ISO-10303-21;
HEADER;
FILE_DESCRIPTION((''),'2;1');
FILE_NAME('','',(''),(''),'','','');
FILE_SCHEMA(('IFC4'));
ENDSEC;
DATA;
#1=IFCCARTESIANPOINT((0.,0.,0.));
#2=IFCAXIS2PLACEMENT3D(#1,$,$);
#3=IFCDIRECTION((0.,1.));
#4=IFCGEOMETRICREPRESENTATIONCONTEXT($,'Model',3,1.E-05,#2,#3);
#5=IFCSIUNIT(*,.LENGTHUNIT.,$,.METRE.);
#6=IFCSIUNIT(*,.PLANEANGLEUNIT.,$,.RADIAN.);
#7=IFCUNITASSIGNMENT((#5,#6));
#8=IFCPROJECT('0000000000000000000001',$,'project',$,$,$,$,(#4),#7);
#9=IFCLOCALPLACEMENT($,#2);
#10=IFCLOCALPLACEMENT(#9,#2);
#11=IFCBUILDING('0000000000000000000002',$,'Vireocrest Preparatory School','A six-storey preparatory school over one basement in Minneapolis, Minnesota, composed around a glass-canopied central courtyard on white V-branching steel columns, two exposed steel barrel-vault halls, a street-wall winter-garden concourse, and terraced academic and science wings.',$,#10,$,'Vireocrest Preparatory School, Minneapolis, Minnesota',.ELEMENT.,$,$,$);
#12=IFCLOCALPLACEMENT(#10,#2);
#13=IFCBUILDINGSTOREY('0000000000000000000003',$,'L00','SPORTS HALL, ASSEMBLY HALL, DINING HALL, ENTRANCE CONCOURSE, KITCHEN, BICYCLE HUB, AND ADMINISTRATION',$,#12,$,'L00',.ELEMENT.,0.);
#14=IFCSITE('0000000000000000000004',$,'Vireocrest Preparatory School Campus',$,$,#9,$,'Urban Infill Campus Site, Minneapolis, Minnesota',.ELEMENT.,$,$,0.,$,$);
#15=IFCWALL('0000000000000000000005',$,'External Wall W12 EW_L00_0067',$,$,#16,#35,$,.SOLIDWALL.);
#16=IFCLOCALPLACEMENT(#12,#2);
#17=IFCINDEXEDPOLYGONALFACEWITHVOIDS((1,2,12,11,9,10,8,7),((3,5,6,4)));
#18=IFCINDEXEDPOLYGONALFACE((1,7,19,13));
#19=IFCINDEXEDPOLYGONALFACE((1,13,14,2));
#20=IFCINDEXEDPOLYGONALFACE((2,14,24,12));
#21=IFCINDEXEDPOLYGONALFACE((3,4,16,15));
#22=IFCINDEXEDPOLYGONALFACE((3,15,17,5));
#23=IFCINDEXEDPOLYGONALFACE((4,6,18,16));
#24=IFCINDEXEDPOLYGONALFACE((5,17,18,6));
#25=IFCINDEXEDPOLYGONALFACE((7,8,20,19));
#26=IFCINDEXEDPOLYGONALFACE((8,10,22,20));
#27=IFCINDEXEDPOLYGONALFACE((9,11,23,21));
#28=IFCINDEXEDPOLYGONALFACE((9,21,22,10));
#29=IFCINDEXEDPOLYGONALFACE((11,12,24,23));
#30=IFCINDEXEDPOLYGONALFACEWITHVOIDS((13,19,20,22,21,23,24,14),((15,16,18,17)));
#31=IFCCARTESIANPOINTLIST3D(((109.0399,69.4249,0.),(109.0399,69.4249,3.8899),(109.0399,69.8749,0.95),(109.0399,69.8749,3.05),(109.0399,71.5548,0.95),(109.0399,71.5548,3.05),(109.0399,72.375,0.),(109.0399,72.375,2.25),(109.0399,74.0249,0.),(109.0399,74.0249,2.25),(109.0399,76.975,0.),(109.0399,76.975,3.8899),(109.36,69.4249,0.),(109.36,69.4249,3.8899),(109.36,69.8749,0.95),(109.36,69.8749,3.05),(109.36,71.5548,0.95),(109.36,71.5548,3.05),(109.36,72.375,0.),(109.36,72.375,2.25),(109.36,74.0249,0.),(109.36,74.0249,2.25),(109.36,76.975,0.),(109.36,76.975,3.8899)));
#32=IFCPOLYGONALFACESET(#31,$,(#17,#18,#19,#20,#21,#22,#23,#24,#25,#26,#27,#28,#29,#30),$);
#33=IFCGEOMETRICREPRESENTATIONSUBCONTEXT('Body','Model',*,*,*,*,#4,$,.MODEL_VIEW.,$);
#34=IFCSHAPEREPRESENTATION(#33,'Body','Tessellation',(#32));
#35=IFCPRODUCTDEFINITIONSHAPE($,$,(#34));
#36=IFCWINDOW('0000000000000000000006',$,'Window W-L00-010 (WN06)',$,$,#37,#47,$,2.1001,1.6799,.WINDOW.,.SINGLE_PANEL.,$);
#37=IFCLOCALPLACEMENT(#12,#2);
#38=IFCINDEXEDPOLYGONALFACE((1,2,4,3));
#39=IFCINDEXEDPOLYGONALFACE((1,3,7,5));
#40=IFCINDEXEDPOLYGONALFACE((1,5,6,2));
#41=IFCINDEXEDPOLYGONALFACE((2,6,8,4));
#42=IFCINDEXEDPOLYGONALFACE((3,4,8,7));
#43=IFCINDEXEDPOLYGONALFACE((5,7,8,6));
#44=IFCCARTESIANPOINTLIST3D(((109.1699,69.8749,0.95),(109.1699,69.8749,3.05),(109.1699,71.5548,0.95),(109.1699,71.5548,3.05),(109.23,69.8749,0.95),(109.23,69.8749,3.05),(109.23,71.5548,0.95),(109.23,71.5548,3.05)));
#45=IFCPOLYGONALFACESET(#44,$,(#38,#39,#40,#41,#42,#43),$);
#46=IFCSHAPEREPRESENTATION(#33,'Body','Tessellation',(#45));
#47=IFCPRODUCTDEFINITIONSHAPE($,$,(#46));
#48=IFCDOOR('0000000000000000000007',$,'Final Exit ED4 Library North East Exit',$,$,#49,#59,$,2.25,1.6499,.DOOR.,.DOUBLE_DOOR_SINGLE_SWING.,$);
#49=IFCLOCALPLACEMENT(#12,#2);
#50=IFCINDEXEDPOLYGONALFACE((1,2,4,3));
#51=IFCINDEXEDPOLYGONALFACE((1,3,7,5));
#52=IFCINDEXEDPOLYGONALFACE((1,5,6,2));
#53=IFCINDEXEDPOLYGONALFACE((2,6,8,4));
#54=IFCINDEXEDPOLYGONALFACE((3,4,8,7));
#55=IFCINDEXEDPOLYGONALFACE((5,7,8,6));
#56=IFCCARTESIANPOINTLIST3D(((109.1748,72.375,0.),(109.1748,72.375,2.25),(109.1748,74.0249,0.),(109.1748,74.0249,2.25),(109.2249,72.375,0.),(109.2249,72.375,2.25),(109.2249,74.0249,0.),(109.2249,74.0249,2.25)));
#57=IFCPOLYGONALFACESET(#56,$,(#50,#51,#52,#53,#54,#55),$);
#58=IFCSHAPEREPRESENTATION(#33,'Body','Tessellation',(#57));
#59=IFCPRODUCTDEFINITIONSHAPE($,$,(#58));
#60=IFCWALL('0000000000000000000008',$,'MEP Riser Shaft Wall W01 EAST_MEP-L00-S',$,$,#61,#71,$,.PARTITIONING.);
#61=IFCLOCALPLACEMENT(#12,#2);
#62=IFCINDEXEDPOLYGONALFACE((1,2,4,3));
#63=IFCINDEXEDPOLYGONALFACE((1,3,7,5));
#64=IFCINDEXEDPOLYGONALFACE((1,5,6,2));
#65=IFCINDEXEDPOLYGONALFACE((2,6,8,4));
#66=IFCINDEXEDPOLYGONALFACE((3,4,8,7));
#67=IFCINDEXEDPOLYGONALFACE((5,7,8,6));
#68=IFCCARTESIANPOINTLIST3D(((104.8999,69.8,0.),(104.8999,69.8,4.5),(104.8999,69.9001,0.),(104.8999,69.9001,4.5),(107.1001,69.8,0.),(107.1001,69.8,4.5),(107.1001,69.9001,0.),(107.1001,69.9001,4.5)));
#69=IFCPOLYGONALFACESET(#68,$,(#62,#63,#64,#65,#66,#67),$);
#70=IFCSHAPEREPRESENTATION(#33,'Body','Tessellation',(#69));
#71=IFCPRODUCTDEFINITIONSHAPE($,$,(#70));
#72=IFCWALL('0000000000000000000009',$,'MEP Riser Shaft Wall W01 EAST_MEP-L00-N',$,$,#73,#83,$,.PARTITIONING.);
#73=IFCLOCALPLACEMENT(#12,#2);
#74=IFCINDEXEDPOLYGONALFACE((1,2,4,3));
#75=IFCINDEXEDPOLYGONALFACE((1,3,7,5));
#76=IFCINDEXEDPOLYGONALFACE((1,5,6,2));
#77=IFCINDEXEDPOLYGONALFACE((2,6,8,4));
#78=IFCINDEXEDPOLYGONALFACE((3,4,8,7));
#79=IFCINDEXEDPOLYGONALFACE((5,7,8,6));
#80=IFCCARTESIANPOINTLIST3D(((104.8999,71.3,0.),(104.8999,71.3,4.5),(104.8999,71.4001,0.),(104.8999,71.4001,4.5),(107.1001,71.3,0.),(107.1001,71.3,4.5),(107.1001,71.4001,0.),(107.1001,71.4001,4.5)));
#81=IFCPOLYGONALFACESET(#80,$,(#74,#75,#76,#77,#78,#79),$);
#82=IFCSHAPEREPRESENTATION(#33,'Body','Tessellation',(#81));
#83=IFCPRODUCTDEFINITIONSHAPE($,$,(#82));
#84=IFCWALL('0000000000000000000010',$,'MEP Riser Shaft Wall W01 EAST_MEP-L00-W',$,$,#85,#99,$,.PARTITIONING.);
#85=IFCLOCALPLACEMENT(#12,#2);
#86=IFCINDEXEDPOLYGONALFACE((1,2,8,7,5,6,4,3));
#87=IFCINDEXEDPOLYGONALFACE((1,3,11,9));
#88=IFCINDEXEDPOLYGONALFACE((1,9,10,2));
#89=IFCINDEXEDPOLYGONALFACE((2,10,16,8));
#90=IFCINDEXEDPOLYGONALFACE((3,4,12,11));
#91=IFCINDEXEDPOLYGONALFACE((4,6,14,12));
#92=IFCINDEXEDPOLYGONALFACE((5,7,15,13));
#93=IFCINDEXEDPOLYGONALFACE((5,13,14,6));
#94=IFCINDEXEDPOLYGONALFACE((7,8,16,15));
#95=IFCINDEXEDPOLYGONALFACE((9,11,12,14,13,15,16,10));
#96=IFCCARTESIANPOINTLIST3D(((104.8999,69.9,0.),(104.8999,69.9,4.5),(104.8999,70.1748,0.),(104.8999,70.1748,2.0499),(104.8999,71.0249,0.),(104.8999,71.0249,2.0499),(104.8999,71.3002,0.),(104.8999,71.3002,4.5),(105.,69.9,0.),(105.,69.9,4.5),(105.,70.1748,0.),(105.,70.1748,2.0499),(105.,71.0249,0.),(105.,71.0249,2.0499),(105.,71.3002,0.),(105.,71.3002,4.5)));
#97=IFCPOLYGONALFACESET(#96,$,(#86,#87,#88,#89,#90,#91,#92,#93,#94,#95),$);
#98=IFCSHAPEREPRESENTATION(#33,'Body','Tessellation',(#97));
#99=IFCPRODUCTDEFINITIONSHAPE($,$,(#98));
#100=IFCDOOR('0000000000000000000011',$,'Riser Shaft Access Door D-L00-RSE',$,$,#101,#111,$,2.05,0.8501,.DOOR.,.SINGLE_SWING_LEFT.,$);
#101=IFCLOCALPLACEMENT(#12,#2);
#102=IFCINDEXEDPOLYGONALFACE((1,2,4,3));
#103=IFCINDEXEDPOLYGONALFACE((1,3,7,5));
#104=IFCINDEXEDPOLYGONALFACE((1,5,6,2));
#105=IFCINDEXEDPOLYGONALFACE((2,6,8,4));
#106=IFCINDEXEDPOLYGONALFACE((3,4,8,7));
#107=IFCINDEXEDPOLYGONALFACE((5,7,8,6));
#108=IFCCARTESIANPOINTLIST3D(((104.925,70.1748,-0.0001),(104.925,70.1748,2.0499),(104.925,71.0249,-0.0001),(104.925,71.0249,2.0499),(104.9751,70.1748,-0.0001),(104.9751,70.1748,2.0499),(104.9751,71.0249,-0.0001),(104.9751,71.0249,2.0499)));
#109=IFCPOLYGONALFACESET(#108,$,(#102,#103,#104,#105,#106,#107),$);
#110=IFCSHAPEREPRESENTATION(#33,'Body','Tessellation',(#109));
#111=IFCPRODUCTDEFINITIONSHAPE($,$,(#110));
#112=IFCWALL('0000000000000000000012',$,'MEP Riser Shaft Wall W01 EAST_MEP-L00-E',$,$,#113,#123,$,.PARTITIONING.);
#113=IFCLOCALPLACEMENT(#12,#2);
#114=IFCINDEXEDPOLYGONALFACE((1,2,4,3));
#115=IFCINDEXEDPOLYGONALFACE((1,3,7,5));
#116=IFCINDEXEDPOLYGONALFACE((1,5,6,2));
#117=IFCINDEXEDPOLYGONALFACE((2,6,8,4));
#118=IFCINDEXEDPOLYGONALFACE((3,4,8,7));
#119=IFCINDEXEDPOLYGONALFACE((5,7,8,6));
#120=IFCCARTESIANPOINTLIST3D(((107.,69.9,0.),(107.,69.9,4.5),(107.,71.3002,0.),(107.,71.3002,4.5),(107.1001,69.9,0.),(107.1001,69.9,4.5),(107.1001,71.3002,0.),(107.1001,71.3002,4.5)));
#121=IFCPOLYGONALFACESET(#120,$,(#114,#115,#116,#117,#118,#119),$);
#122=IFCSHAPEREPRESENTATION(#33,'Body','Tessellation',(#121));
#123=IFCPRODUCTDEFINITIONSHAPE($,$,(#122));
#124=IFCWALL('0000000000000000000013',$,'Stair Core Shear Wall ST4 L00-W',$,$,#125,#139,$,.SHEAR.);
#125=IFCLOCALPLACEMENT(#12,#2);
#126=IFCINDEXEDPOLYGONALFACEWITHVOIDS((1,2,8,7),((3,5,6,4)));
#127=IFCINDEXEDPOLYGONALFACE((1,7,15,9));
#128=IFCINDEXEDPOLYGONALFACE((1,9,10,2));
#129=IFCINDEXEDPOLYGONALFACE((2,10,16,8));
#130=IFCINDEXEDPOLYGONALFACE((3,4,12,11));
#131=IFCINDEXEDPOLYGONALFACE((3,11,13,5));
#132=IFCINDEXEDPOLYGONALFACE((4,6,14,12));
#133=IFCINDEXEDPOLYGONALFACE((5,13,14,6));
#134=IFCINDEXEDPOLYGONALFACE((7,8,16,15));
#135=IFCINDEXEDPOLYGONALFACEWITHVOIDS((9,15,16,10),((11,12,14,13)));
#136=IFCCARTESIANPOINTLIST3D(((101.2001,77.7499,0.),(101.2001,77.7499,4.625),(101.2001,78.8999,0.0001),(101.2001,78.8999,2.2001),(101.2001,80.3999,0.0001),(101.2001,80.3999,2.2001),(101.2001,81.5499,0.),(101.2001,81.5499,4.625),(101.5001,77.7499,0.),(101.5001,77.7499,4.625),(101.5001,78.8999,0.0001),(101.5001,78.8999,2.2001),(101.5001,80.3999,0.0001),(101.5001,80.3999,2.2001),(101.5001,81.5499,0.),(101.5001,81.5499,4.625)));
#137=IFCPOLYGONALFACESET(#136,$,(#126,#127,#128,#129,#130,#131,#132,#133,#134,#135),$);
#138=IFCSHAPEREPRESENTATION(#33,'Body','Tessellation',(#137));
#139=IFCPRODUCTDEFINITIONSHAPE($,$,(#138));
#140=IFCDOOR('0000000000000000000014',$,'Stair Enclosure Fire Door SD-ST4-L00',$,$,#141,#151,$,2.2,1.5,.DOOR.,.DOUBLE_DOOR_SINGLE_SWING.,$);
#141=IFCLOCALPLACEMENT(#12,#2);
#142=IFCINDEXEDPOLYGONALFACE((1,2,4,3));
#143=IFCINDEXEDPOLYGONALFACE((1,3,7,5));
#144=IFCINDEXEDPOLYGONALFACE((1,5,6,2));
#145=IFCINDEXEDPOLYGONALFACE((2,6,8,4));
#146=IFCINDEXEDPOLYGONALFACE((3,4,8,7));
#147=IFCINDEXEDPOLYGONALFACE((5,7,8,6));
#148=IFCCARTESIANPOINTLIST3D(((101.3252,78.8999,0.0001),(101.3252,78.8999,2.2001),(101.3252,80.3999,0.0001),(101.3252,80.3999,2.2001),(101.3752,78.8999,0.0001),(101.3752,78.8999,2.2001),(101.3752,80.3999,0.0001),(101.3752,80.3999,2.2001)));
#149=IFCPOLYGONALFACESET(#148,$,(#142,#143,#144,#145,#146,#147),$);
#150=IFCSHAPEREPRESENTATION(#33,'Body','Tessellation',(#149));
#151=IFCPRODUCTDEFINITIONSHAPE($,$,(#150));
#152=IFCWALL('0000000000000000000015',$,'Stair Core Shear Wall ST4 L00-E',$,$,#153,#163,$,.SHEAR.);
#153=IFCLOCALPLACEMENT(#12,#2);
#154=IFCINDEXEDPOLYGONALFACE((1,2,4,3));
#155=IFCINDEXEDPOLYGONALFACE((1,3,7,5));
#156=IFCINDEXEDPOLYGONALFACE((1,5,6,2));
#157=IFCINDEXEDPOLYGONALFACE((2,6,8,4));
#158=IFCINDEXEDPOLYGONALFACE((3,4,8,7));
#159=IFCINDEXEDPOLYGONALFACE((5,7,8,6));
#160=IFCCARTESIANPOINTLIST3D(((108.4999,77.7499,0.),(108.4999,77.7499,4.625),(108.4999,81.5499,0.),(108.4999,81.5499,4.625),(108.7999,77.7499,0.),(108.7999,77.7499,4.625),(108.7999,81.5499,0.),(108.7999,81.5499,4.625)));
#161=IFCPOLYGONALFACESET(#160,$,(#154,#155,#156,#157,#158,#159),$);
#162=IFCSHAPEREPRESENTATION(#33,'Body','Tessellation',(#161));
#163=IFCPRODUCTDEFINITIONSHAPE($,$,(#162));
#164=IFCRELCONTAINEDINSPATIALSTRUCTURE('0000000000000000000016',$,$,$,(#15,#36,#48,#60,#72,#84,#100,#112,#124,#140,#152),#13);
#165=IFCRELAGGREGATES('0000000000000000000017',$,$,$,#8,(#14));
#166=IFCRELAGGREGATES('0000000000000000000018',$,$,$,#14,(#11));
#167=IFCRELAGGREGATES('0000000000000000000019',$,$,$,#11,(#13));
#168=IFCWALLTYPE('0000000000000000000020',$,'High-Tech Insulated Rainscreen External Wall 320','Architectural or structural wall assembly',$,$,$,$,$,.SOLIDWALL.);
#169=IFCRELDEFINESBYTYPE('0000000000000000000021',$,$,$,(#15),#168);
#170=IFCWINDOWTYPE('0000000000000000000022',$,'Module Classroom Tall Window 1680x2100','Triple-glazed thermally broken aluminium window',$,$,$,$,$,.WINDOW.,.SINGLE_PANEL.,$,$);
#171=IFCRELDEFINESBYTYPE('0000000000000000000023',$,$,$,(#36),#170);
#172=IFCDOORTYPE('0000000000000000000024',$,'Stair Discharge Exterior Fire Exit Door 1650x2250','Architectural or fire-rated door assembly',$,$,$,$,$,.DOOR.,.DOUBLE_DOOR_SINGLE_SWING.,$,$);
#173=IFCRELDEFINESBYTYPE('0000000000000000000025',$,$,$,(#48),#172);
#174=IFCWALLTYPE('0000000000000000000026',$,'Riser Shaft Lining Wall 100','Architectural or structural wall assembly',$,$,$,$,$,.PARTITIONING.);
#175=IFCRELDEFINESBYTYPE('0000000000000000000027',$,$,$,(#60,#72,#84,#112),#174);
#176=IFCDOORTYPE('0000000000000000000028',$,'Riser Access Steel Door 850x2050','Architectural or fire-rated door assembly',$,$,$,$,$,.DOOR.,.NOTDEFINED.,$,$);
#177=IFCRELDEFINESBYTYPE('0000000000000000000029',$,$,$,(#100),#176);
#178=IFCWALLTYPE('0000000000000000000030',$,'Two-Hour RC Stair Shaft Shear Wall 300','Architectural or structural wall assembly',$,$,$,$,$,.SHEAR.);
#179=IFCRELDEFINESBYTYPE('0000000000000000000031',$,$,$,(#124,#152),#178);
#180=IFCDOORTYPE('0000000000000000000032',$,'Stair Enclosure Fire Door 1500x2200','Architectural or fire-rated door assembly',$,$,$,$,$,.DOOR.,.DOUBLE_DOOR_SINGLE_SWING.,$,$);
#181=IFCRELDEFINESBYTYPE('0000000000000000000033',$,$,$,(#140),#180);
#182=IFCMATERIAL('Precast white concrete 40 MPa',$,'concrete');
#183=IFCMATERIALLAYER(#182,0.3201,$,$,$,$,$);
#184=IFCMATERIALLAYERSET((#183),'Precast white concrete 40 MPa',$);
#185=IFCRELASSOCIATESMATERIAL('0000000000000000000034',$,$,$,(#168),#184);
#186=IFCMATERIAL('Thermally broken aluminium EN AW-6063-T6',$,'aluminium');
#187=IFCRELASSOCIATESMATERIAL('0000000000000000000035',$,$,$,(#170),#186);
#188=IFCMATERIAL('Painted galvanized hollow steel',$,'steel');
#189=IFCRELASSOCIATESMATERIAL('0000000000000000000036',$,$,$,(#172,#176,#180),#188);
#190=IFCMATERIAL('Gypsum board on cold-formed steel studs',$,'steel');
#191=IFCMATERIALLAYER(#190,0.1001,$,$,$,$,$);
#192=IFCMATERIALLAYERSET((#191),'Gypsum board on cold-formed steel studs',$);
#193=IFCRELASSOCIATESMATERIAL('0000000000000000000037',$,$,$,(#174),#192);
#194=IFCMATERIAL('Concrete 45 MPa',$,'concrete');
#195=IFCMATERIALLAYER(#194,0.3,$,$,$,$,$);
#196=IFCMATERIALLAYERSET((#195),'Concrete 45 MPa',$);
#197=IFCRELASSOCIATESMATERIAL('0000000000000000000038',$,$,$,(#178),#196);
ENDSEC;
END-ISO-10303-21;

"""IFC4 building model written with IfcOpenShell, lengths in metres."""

from ifc_helpers import new_model, si_unit, direction, frame, frame_2d, origin, place, context, subcontext, project, spatial, rectangle, extrude, material, layer, layer_set, type_object, element, fill, save


model = new_model("IFC4")

# Units and contexts
model_context = context("Model", 3, precision=1e-05, world=origin(), true_north=direction((0.0, 1.0)))
body_context = subcontext(model_context, "Body", "Model", "MODEL_VIEW")
ifc_project = project(units=[si_unit("LENGTHUNIT", "METRE"), si_unit("PLANEANGLEUNIT", "RADIAN")], contexts=[model_context])

# Site, building, storey
site_placement = place(None, origin())
site = spatial("IfcSite", under=ifc_project, at=site_placement, Name="Vireocrest Preparatory School Campus", LongName="Urban Infill Campus Site, Minneapolis, Minnesota", CompositionType="ELEMENT", RefElevation=0.0)
building_placement = place(site_placement, origin())
building = spatial("IfcBuilding", under=site, at=building_placement, Name="Vireocrest Preparatory School", Description="A six-storey preparatory school over one basement in Minneapolis, Minnesota, composed around a glass-canopied central courtyard on white V-branching steel columns, two exposed steel barrel-vault halls, a street-wall winter-garden concourse, and terraced academic and science wings.", LongName="Vireocrest Preparatory School, Minneapolis, Minnesota", CompositionType="ELEMENT")
storey_placement = place(building_placement, origin())
storey = spatial("IfcBuildingStorey", under=building, at=storey_placement, Name="L00", Description="SPORTS HALL, ASSEMBLY HALL, DINING HALL, ENTRANCE CONCOURSE, KITCHEN, BICYCLE HUB, AND ADMINISTRATION", LongName="L00", CompositionType="ELEMENT", Elevation=0.0)

# Shared definitions
ifc_material_1 = material(Name="Concrete 45 MPa", Category="concrete")

# Shared definitions
ifc_material_2 = material(Name="Thermally broken aluminium EN AW-6063-T6", Category="aluminium")

# Wall, openings, window, door
ifc_material_3 = material(Name="Precast white concrete 40 MPa", Category="concrete")
ifc_layer_1 = layer(ifc_material_3, 0.3201)
ifc_layer_set_1 = layer_set([ifc_layer_1], Name="Precast white concrete 40 MPa")
wall_type_1 = type_object("IfcWallType", Name="High-Tech Insulated Rainscreen External Wall 320", Description="Architectural or structural wall assembly", PredefinedType="SOLIDWALL", material=ifc_layer_set_1)
wall_1_placement = place(storey_placement, frame((109.2, 69.425, 0.0), z_axis=(0.0, 0.0, 1.0), x_axis=(0.0, 1.0, 0.0)))
wall_1 = element("IfcWall", 1, at=wall_1_placement, inside=storey, type_object=wall_type_1, Name="External Wall W12 EW_L00_0067", PredefinedType="SOLIDWALL", context=body_context, shape_type="SweptSolid", body=[
    extrude(rectangle(XDim=7.55, YDim=0.3201, at=frame_2d((3.7749, 0.0))), origin(), (0.0, 0.0, 1.0), 3.8899),
])
opening_1_placement = place(wall_1_placement, frame((4.5999, 0.0, 0.0), z_axis=(0.0, 0.0, 1.0), x_axis=(-1.0, 0.0, 0.0)))
opening_1 = element("IfcOpeningElement", 2, at=opening_1_placement, cuts=wall_1, PredefinedType="OPENING", context=body_context, shape_type="SweptSolid", body=[
    extrude(rectangle(XDim=1.6499, YDim=2.25, at=frame_2d((0.825, 1.125))), frame((0.0, 0.1699, 0.0), z_axis=(0.0, -1.0, 0.0), x_axis=(1.0, 0.0, 0.0)), (0.0, 0.0, 1.0), 0.3401),
])
opening_2_placement = place(wall_1_placement, frame((0.45, 0.0, 0.95)))
opening_2 = element("IfcOpeningElement", 3, at=opening_2_placement, cuts=wall_1, PredefinedType="OPENING", context=body_context, shape_type="SweptSolid", body=[
    extrude(rectangle(XDim=1.6799, YDim=2.1001, at=frame_2d((0.8398, 1.05))), frame((0.0, 0.1699, 0.0), z_axis=(0.0, -1.0, 0.0), x_axis=(1.0, 0.0, 0.0)), (0.0, 0.0, 1.0), 0.3401),
])
window_type = type_object("IfcWindowType", Name="Module Classroom Tall Window 1680x2100", Description="Triple-glazed thermally broken aluminium window", PartitioningType="SINGLE_PANEL", PredefinedType="WINDOW", material=ifc_material_2)
window_placement = place(opening_2_placement, origin())
window = element("IfcWindow", 4, at=window_placement, inside=storey, type_object=window_type, Name="Window W-L00-010 (WN06)", OverallHeight=2.1001, OverallWidth=1.6799, PartitioningType="SINGLE_PANEL", PredefinedType="WINDOW", context=body_context, shape_type="SweptSolid", body=[
    extrude(rectangle(XDim=1.6799, YDim=2.1001, at=frame_2d((0.8398, 1.05))), frame((0.0, 0.03, 0.0), z_axis=(0.0, -1.0, 0.0), x_axis=(1.0, 0.0, 0.0)), (0.0, 0.0, 1.0), 0.0601),
])
fill(opening_2, window)
ifc_material_4 = material(Name="Painted galvanized hollow steel", Category="steel")
door_type_1 = type_object("IfcDoorType", Name="Stair Discharge Exterior Fire Exit Door 1650x2250", Description="Architectural or fire-rated door assembly", OperationType="DOUBLE_DOOR_SINGLE_SWING", PredefinedType="DOOR", material=ifc_material_4)
door_1_placement = place(opening_1_placement, origin())
door_1 = element("IfcDoor", 5, at=door_1_placement, inside=storey, type_object=door_type_1, Name="Final Exit ED4 Library North East Exit", OperationType="DOUBLE_DOOR_SINGLE_SWING", OverallHeight=2.25, OverallWidth=1.6499, PredefinedType="DOOR", context=body_context, shape_type="SweptSolid", body=[
    extrude(rectangle(XDim=1.6499, YDim=2.25, at=frame_2d((0.825, 1.125))), frame((0.0, 0.0249, 0.0), z_axis=(0.0, -1.0, 0.0), x_axis=(1.0, 0.0, 0.0)), (0.0, 0.0, 1.0), 0.05),
])
fill(opening_1, door_1)

# Walls
ifc_material_5 = material(Name="Gypsum board on cold-formed steel studs", Category="steel")
ifc_layer_2 = layer(ifc_material_5, 0.1001)
ifc_layer_set_2 = layer_set([ifc_layer_2], Name="Gypsum board on cold-formed steel studs")
wall_type_2 = type_object("IfcWallType", Name="Riser Shaft Lining Wall 100", Description="Architectural or structural wall assembly", PredefinedType="PARTITIONING", material=ifc_layer_set_2)
for number, where, z_axis, x_axis, name in (
    (6, (104.8999, 69.8501, 0.0), (0.0, 0.0, 1.0), (1.0, 0.0, 0.0), "MEP Riser Shaft Wall W01 EAST_MEP-L00-S"),
    (7, (104.8999, 71.3501, 0.0), (0.0, 0.0, 1.0), (1.0, 0.0, 0.0), "MEP Riser Shaft Wall W01 EAST_MEP-L00-N"),
):
    element("IfcWall", number, at=place(storey_placement, frame(where, z_axis=z_axis, x_axis=x_axis)), inside=storey, type_object=wall_type_2, Name=name, PredefinedType="PARTITIONING", context=body_context, shape_type="SweptSolid", body=[
        extrude(rectangle(XDim=2.2002, YDim=0.1001, at=frame_2d((1.1001, 0.0))), origin(), (0.0, 0.0, 1.0), 4.5),
    ])

# Wall, opening, door
wall_2_placement = place(storey_placement, frame((104.95, 69.8999, 0.0), z_axis=(0.0, 0.0, 1.0), x_axis=(0.0, 1.0, 0.0)))
wall_2 = element("IfcWall", 8, at=wall_2_placement, inside=storey, type_object=wall_type_2, Name="MEP Riser Shaft Wall W01 EAST_MEP-L00-W", PredefinedType="PARTITIONING", context=body_context, shape_type="SweptSolid", body=[
    extrude(rectangle(XDim=1.4001, YDim=0.1001, at=frame_2d((0.7002, 0.0))), origin(), (0.0, 0.0, 1.0), 4.5),
])
opening_3_placement = place(wall_2_placement, frame((0.2749, 0.0, 0.0)))
opening_3 = element("IfcOpeningElement", 9, at=opening_3_placement, cuts=wall_2, PredefinedType="OPENING", context=body_context, shape_type="SweptSolid", body=[
    extrude(rectangle(XDim=0.8501, YDim=2.05, at=frame_2d((0.425, 1.0249))), frame((0.0, 0.0601, 0.0), z_axis=(0.0, -1.0, 0.0), x_axis=(1.0, 0.0, 0.0)), (0.0, 0.0, 1.0), 0.1201),
])
door_type_2 = type_object("IfcDoorType", Name="Riser Access Steel Door 850x2050", Description="Architectural or fire-rated door assembly", OperationType="NOTDEFINED", PredefinedType="DOOR", material=ifc_material_4)
door_2_placement = place(opening_3_placement, origin())
door_2 = element("IfcDoor", 10, at=door_2_placement, inside=storey, type_object=door_type_2, Name="Riser Shaft Access Door D-L00-RSE", OperationType="SINGLE_SWING_LEFT", OverallHeight=2.05, OverallWidth=0.8501, PredefinedType="DOOR", context=body_context, shape_type="SweptSolid", body=[
    extrude(rectangle(XDim=0.8501, YDim=2.05, at=frame_2d((0.425, 1.0249))), frame((0.0, 0.0249, 0.0), z_axis=(0.0, -1.0, 0.0), x_axis=(1.0, 0.0, 0.0)), (0.0, 0.0, 1.0), 0.05),
])
fill(opening_3, door_2)

# Wall
wall_3_placement = place(storey_placement, frame((107.05, 69.8999, 0.0), z_axis=(0.0, 0.0, 1.0), x_axis=(0.0, 1.0, 0.0)))
element("IfcWall", 11, at=wall_3_placement, inside=storey, type_object=wall_type_2, Name="MEP Riser Shaft Wall W01 EAST_MEP-L00-E", PredefinedType="PARTITIONING", context=body_context, shape_type="SweptSolid", body=[
    extrude(rectangle(XDim=1.4001, YDim=0.1001, at=frame_2d((0.7002, 0.0))), origin(), (0.0, 0.0, 1.0), 4.5),
])

# Wall, opening, door
ifc_layer_3 = layer(ifc_material_1, 0.3)
ifc_layer_set_3 = layer_set([ifc_layer_3], Name="Concrete 45 MPa")
wall_type_3 = type_object("IfcWallType", Name="Two-Hour RC Stair Shaft Shear Wall 300", Description="Architectural or structural wall assembly", PredefinedType="SHEAR", material=ifc_layer_set_3)
wall_4_placement = place(storey_placement, frame((101.3501, 77.75, 0.0), z_axis=(0.0, 0.0, 1.0), x_axis=(0.0, 1.0, 0.0)))
wall_4 = element("IfcWall", 12, at=wall_4_placement, inside=storey, type_object=wall_type_3, Name="Stair Core Shear Wall ST4 L00-W", PredefinedType="SHEAR", context=body_context, shape_type="SweptSolid", body=[
    extrude(rectangle(XDim=3.8, YDim=0.3, at=frame_2d((1.8999, 0.0))), origin(), (0.0, 0.0, 1.0), 4.625),
])
opening_4_placement = place(wall_4_placement, frame((1.1499, 0.0, 0.0)))
opening_4 = element("IfcOpeningElement", 13, at=opening_4_placement, cuts=wall_4, PredefinedType="OPENING", context=body_context, shape_type="SweptSolid", body=[
    extrude(rectangle(XDim=1.5, YDim=2.2, at=frame_2d((0.75, 1.1001))), frame((0.0, 0.1599, 0.0), z_axis=(0.0, -1.0, 0.0), x_axis=(1.0, 0.0, 0.0)), (0.0, 0.0, 1.0), 0.3201),
])
door_type_3 = type_object("IfcDoorType", Name="Stair Enclosure Fire Door 1500x2200", Description="Architectural or fire-rated door assembly", OperationType="DOUBLE_DOOR_SINGLE_SWING", PredefinedType="DOOR", material=ifc_material_4)
door_3_placement = place(opening_4_placement, origin())
door_3 = element("IfcDoor", 14, at=door_3_placement, inside=storey, type_object=door_type_3, Name="Stair Enclosure Fire Door SD-ST4-L00", OperationType="DOUBLE_DOOR_SINGLE_SWING", OverallHeight=2.2, OverallWidth=1.5, PredefinedType="DOOR", context=body_context, shape_type="SweptSolid", body=[
    extrude(rectangle(XDim=1.5, YDim=2.2, at=frame_2d((0.75, 1.1001))), frame((0.0, 0.0249, 0.0), z_axis=(0.0, -1.0, 0.0), x_axis=(1.0, 0.0, 0.0)), (0.0, 0.0, 1.0), 0.05),
])
fill(opening_4, door_3)

# Wall
wall_5_placement = place(storey_placement, frame((108.6499, 77.75, 0.0), z_axis=(0.0, 0.0, 1.0), x_axis=(0.0, 1.0, 0.0)))
element("IfcWall", 15, at=wall_5_placement, inside=storey, type_object=wall_type_3, Name="Stair Core Shear Wall ST4 L00-E", PredefinedType="SHEAR", context=body_context, shape_type="SweptSolid", body=[
    extrude(rectangle(XDim=3.8, YDim=0.3, at=frame_2d((1.8999, 0.0))), origin(), (0.0, 0.0, 1.0), 4.625),
])

save(model, "model.ifc")
